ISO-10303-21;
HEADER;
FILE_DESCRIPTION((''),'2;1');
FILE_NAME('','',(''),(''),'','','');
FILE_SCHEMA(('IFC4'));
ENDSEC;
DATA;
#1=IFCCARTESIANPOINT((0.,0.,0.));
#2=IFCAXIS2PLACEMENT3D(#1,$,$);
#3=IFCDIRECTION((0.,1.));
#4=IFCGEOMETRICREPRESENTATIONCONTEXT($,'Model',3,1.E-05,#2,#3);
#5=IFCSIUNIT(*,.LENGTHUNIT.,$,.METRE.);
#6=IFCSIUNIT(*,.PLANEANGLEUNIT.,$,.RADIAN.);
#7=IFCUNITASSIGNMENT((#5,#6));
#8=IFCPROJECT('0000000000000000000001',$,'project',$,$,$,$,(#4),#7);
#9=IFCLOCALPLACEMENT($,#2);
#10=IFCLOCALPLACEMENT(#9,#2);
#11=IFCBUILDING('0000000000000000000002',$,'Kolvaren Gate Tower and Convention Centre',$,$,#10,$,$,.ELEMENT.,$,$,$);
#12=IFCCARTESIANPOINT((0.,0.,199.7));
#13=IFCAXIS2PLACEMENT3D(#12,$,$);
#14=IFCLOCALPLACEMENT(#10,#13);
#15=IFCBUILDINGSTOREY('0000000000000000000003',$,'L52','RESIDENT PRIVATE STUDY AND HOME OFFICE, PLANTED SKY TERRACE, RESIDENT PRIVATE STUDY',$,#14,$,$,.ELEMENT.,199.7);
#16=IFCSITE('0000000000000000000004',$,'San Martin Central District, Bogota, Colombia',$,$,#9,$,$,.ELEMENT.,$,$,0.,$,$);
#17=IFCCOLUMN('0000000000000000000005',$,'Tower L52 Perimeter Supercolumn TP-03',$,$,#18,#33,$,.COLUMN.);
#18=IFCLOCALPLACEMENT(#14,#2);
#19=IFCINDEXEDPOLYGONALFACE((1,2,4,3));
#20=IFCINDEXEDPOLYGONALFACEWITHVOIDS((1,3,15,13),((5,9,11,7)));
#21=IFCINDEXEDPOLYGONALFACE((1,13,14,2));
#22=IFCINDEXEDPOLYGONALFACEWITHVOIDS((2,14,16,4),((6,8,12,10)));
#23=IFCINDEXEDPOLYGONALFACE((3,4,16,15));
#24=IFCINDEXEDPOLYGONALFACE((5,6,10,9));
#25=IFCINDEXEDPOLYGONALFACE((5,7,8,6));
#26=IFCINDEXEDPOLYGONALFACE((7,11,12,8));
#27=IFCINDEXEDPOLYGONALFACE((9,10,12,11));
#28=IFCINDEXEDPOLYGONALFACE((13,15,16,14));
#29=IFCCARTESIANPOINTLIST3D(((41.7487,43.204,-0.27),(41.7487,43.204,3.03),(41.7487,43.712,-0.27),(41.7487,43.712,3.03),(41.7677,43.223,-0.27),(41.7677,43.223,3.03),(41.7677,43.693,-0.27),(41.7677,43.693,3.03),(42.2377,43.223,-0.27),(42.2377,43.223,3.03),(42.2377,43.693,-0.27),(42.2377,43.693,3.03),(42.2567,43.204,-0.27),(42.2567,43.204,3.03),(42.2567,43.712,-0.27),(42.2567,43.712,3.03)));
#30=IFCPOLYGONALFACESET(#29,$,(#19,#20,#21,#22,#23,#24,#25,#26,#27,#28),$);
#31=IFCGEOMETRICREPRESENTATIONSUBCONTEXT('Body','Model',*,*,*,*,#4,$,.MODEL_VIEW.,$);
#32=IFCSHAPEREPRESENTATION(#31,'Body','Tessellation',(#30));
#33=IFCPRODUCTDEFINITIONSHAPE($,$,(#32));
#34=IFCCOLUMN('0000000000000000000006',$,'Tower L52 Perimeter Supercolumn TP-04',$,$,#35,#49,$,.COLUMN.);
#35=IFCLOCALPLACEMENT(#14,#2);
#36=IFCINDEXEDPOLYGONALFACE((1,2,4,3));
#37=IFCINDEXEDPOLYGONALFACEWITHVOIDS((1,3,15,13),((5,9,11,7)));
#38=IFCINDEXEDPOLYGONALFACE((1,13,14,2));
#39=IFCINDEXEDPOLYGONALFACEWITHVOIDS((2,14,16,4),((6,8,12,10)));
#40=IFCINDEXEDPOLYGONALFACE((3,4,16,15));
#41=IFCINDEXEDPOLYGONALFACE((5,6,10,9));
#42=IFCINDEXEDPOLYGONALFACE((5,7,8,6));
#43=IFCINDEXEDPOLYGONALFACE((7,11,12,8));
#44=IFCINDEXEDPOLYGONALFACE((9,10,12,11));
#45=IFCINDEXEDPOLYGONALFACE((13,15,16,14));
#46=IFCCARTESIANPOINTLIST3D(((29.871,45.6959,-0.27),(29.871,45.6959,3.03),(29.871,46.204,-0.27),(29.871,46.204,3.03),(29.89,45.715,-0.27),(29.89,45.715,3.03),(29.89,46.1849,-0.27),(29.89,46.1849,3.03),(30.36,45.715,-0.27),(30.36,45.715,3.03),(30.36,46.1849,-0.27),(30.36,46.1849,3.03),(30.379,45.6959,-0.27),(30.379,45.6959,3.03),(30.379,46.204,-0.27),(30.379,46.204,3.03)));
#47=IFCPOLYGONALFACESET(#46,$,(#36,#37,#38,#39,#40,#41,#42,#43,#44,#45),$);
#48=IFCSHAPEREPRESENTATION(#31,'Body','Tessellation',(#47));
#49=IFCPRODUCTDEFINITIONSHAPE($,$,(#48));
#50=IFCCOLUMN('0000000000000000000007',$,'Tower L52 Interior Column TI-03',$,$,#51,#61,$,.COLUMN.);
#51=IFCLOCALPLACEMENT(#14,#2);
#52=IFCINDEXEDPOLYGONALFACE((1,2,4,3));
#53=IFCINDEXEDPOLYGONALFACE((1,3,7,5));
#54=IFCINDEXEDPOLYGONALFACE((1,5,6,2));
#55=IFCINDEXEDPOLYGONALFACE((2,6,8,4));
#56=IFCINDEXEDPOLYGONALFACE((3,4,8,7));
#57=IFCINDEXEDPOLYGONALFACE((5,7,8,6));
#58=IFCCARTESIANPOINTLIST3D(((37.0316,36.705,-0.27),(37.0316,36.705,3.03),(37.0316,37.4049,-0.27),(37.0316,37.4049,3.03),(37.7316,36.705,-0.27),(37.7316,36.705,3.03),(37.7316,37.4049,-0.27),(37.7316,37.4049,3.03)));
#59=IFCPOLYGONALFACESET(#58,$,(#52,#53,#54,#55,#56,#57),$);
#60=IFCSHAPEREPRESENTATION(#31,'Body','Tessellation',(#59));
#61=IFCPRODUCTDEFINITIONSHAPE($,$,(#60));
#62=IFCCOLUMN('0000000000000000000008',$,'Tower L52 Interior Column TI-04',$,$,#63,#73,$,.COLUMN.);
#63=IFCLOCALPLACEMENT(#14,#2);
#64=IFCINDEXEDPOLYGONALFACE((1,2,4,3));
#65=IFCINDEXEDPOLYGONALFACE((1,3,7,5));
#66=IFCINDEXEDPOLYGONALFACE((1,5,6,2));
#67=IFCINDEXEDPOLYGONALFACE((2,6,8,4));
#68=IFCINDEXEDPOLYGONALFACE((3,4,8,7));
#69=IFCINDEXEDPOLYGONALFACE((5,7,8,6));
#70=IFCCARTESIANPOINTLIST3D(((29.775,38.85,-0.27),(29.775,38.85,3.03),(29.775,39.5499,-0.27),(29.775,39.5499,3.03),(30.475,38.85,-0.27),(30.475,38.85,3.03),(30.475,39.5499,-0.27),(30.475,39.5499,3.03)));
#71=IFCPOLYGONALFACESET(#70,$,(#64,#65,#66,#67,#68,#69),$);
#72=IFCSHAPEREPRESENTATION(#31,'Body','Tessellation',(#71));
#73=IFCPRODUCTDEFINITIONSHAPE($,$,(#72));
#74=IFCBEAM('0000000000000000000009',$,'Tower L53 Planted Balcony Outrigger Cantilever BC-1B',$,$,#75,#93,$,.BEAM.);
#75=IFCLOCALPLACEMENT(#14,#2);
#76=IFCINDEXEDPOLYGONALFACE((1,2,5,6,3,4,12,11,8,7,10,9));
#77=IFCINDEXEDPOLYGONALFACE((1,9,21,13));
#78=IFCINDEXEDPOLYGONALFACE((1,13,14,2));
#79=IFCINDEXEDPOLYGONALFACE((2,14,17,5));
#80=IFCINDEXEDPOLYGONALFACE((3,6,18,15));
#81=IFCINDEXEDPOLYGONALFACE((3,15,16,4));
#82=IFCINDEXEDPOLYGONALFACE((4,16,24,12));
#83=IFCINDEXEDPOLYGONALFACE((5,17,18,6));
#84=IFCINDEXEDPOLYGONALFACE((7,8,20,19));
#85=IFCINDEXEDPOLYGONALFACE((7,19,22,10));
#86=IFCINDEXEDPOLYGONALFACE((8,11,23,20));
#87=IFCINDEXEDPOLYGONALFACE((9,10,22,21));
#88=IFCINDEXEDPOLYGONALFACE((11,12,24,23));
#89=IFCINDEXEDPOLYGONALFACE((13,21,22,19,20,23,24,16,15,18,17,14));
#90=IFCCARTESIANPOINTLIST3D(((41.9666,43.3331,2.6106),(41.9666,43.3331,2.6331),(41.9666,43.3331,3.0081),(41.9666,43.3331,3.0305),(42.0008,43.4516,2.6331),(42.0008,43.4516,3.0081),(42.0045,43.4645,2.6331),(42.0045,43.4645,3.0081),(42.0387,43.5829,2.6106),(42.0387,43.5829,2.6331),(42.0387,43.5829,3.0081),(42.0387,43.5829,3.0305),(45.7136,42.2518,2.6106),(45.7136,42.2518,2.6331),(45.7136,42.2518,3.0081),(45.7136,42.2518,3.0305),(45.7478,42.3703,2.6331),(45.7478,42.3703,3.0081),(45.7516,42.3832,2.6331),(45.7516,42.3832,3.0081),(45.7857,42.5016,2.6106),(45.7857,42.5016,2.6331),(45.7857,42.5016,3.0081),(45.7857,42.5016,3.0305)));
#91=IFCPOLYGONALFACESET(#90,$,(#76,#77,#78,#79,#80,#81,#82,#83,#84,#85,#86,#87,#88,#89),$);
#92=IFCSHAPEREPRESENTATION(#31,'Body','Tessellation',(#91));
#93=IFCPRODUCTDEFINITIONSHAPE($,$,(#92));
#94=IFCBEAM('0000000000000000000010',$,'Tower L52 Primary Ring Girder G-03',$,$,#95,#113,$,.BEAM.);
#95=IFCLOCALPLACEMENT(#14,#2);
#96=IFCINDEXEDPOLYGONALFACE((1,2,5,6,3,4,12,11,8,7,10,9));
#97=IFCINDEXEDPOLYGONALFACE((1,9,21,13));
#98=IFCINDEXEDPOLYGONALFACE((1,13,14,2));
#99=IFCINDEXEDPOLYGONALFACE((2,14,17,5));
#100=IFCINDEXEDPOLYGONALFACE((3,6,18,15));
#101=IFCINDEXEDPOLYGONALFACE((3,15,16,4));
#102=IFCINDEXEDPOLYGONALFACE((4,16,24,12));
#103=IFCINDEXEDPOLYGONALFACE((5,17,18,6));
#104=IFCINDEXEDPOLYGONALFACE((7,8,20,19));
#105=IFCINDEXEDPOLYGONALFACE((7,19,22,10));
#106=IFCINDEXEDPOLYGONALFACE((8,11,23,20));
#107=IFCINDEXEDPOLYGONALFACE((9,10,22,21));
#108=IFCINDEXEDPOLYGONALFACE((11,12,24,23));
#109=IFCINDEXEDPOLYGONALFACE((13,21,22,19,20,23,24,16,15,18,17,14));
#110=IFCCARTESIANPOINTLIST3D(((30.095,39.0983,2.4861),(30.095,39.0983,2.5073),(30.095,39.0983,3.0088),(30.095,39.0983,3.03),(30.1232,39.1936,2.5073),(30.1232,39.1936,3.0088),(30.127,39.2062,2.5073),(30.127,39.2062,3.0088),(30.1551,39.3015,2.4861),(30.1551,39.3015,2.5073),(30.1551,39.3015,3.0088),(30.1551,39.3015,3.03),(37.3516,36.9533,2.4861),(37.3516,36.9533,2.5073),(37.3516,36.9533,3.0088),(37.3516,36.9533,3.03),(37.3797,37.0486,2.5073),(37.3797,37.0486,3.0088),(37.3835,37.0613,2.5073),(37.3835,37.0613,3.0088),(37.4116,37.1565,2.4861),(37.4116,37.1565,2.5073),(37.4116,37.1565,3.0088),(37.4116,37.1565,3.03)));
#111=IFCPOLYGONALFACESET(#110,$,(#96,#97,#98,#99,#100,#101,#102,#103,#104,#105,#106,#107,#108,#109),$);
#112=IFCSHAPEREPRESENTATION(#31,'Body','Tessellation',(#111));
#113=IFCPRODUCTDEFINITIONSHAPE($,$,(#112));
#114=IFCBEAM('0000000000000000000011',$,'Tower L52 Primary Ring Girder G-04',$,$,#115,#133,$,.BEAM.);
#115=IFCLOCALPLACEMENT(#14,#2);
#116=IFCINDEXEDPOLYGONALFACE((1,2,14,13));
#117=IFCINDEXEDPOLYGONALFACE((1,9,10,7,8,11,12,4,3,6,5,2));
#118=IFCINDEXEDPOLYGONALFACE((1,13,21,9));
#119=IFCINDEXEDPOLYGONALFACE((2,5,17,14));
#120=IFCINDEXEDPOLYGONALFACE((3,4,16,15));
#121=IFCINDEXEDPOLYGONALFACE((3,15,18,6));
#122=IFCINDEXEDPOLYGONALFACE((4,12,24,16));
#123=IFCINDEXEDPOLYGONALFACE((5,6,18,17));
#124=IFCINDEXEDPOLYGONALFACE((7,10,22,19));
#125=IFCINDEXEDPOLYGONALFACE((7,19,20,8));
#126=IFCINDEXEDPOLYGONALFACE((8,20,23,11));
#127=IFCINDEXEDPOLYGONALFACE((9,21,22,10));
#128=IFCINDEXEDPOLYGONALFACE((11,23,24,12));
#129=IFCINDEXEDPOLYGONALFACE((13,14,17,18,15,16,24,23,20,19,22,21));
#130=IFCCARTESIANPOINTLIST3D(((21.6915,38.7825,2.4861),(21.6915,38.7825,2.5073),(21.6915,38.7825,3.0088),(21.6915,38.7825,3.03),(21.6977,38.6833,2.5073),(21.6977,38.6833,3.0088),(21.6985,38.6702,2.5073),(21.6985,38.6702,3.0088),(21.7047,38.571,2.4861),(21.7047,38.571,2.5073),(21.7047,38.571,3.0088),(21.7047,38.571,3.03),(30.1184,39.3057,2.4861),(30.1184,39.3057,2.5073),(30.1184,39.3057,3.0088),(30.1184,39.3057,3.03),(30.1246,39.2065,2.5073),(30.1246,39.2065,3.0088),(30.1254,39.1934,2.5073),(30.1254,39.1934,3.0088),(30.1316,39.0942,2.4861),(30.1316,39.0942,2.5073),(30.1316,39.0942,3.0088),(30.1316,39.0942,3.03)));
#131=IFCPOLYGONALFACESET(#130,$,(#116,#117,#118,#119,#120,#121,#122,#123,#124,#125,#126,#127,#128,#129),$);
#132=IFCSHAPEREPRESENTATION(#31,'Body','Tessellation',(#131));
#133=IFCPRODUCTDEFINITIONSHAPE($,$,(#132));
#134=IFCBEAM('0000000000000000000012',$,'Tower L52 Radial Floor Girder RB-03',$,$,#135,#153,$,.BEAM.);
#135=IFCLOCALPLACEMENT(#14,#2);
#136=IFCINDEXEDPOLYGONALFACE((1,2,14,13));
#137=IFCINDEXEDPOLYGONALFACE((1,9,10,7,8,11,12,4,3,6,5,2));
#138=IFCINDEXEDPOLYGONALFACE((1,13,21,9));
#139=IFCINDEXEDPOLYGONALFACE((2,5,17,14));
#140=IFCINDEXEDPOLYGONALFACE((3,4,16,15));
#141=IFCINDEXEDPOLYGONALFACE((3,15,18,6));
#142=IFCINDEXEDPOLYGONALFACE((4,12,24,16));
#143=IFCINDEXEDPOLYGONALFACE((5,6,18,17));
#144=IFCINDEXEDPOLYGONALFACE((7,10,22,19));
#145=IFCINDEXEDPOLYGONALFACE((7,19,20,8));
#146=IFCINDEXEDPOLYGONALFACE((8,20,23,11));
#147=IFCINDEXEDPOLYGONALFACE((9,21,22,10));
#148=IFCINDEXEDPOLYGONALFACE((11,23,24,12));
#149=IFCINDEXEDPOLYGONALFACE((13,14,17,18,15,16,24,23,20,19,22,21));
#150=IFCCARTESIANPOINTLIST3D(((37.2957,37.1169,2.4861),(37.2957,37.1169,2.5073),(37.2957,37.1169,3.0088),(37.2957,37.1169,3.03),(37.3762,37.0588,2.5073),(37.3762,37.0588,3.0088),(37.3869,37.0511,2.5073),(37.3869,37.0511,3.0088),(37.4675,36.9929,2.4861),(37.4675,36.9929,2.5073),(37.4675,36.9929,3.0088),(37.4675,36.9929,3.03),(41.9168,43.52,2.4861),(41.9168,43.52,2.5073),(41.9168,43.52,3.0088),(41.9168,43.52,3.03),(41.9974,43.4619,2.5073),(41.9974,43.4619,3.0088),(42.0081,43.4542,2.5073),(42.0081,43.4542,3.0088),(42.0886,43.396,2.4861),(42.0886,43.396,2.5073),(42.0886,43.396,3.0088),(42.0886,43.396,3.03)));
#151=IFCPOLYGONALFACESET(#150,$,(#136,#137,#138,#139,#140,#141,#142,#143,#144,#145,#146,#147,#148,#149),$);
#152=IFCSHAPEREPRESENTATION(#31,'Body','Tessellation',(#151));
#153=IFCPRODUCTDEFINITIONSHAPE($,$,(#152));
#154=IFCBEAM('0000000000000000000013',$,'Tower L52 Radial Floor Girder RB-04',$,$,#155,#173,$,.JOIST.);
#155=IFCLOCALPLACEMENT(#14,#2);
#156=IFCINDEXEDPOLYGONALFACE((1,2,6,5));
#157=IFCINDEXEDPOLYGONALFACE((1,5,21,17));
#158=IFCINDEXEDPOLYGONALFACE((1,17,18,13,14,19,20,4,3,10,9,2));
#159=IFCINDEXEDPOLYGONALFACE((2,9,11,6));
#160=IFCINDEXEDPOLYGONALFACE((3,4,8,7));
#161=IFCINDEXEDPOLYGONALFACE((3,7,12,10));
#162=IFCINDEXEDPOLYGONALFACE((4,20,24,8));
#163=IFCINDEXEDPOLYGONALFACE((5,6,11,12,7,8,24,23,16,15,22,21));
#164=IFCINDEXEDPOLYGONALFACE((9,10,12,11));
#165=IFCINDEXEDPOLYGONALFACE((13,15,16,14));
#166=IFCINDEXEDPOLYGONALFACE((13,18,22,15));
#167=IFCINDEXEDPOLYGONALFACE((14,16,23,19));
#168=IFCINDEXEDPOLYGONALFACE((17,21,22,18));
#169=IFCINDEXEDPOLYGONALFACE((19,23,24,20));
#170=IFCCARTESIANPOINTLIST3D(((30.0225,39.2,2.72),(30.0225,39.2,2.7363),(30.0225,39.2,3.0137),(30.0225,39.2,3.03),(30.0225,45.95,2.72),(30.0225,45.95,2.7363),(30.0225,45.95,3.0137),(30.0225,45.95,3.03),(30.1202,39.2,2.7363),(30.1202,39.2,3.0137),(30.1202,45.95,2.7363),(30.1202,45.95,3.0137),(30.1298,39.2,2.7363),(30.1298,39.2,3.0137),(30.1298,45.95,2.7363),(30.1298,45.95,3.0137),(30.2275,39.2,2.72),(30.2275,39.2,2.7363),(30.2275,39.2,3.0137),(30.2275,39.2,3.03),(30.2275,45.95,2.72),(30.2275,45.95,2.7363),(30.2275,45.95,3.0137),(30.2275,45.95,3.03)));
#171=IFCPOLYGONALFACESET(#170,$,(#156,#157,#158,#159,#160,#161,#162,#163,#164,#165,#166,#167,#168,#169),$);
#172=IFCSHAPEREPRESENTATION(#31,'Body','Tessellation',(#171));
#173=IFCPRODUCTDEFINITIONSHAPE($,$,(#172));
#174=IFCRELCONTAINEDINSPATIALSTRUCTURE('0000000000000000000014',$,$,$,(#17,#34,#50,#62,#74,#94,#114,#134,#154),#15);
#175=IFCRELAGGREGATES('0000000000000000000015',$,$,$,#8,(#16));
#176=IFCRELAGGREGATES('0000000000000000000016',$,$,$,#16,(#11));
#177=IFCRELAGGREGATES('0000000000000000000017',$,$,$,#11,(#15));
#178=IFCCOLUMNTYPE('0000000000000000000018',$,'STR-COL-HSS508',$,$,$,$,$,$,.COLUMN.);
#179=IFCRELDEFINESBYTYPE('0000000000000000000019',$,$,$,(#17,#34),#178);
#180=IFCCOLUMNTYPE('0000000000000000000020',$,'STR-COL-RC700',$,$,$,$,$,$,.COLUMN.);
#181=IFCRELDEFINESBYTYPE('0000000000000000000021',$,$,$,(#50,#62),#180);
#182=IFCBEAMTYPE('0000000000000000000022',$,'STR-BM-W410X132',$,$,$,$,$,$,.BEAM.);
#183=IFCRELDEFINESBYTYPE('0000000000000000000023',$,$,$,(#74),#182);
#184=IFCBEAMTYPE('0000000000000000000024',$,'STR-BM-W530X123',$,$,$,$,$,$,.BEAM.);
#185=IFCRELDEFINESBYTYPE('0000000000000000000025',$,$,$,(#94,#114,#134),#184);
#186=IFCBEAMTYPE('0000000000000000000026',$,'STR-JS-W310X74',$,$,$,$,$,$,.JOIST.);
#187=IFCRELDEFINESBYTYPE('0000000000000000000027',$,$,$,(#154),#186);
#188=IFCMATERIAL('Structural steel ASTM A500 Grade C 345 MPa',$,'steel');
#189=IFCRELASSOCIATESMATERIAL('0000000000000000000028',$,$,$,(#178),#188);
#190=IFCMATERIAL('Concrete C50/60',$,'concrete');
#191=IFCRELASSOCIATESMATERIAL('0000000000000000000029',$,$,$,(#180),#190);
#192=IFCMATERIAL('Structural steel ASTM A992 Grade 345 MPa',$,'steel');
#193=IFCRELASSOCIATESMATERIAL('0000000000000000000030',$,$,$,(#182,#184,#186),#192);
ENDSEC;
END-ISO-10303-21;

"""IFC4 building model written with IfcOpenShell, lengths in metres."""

from ifc_helpers import new_model, si_unit, direction, frame, origin, origin_2d, place, context, subcontext, project, spatial, rectangle, hollow_rectangle, i_section, extrude, material, material_profile, profile_set, type_object, element, save


model = new_model("IFC4")

# Units and contexts
model_context = context("Model", 3, precision=1e-05, world=origin(), true_north=direction((0.0, 1.0)))
body_context = subcontext(model_context, "Body", "Model", "MODEL_VIEW")
ifc_project = project(units=[si_unit("LENGTHUNIT", "METRE"), si_unit("PLANEANGLEUNIT", "RADIAN")], contexts=[model_context])

# Site, building, storey
site_placement = place(None, origin())
site = spatial("IfcSite", under=ifc_project, at=site_placement, Name="San Martin Central District, Bogota, Colombia", CompositionType="ELEMENT", RefElevation=0.0)
building_placement = place(site_placement, origin())
building = spatial("IfcBuilding", under=site, at=building_placement, Name="Kolvaren Gate Tower and Convention Centre", CompositionType="ELEMENT")
storey_placement = place(building_placement, frame((0.0, 0.0, 199.7)))
storey = spatial("IfcBuildingStorey", under=building, at=storey_placement, Name="L52", Description="RESIDENT PRIVATE STUDY AND HOME OFFICE, PLANTED SKY TERRACE, RESIDENT PRIVATE STUDY", CompositionType="ELEMENT", Elevation=199.7)

# Columns
ifc_material_1 = material(Name="Structural steel ASTM A500 Grade C 345 MPa", Category="steel")
ifc_material_profile_1 = material_profile(ifc_material_1, hollow_rectangle(XDim=0.5081, YDim=0.5081, WallThickness=0.019, at=origin_2d()), Name="HSS508X508X19.1")
ifc_profile_set_1 = profile_set([ifc_material_profile_1], Name="Structural steel ASTM A500 Grade C 345 MPa")
column_type_1 = type_object("IfcColumnType", Name="STR-COL-HSS508", PredefinedType="COLUMN", material=ifc_profile_set_1)
for number, where, z_axis, x_axis, name in (
    (1, (42.0027, 43.458, -0.27), (0.0, 0.0, 1.0), (1.0, 0.0, 0.0), "Tower L52 Perimeter Supercolumn TP-03"),
    (2, (30.125, 45.95, -0.27), (0.0, 0.0, 1.0), (1.0, 0.0, 0.0), "Tower L52 Perimeter Supercolumn TP-04"),
):
    element("IfcColumn", number, at=place(storey_placement, frame(where, z_axis=z_axis, x_axis=x_axis)), inside=storey, type_object=column_type_1, Name=name, PredefinedType="COLUMN", context=body_context, shape_type="SweptSolid", body=[
        extrude(hollow_rectangle(XDim=0.5081, YDim=0.5081, WallThickness=0.019, at=origin_2d()), origin(), (0.0, 0.0, 1.0), 3.3),
    ])
ifc_material_2 = material(Name="Concrete C50/60", Category="concrete")
ifc_material_profile_2 = material_profile(ifc_material_2, rectangle(XDim=0.7, YDim=0.7, at=origin_2d()), Name="RC-COL-700X700")
ifc_profile_set_2 = profile_set([ifc_material_profile_2], Name="Concrete C50/60")
column_type_2 = type_object("IfcColumnType", Name="STR-COL-RC700", PredefinedType="COLUMN", material=ifc_profile_set_2)
for number, where, z_axis, x_axis, name in (
    (3, (37.3816, 37.0549, -0.27), (0.0, 0.0, 1.0), (1.0, 0.0, 0.0), "Tower L52 Interior Column TI-03"),
    (4, (30.125, 39.2, -0.27), (0.0, 0.0, 1.0), (1.0, 0.0, 0.0), "Tower L52 Interior Column TI-04"),
):
    element("IfcColumn", number, at=place(storey_placement, frame(where, z_axis=z_axis, x_axis=x_axis)), inside=storey, type_object=column_type_2, Name=name, PredefinedType="COLUMN", context=body_context, shape_type="SweptSolid", body=[
        extrude(rectangle(XDim=0.7, YDim=0.7, at=origin_2d()), origin(), (0.0, 0.0, 1.0), 3.3),
    ])

# Beams
ifc_material_3 = material(Name="Structural steel ASTM A992 Grade 345 MPa", Category="steel")
ifc_material_profile_3 = material_profile(ifc_material_3, i_section(OverallWidth=0.26, OverallDepth=0.4199, WebThickness=0.0134, FlangeThickness=0.0225, at=origin_2d()), Name="W410X132")
ifc_profile_set_3 = profile_set([ifc_material_profile_3], Name="Structural steel ASTM A992 Grade 345 MPa")
beam_type_1 = type_object("IfcBeamType", Name="STR-BM-W410X132", PredefinedType="BEAM", material=ifc_profile_set_3)
beam_1_placement = place(storey_placement, frame((42.0027, 43.458, 2.8206), z_axis=(0.960795, -0.277258, 0.0), x_axis=(0.277258, 0.960795, 0.0)))
element("IfcBeam", 5, at=beam_1_placement, inside=storey, type_object=beam_type_1, Name="Tower L53 Planted Balcony Outrigger Cantilever BC-1B", PredefinedType="BEAM", context=body_context, shape_type="SweptSolid", body=[
    extrude(i_section(OverallWidth=0.26, OverallDepth=0.4199, WebThickness=0.0134, FlangeThickness=0.0225, at=origin_2d()), origin(), (0.0, 0.0, 1.0), 3.8999),
])
ifc_material_profile_4 = material_profile(ifc_material_3, i_section(OverallWidth=0.2119, OverallDepth=0.5439, WebThickness=0.0132, FlangeThickness=0.0212, at=origin_2d()), Name="W530X123")
ifc_profile_set_4 = profile_set([ifc_material_profile_4], Name="Structural steel ASTM A992 Grade 345 MPa")
beam_type_2 = type_object("IfcBeamType", Name="STR-BM-W530X123", PredefinedType="BEAM", material=ifc_profile_set_4)
beam_2_placement = place(storey_placement, frame((37.3816, 37.0549, 2.7581), z_axis=(-0.958981, 0.283471, 0.0), x_axis=(-0.283471, -0.958981, 0.0)))
element("IfcBeam", 6, at=beam_2_placement, inside=storey, type_object=beam_type_2, Name="Tower L52 Primary Ring Girder G-03", PredefinedType="BEAM", context=body_context, shape_type="SweptSolid", body=[
    extrude(i_section(OverallWidth=0.2119, OverallDepth=0.5439, WebThickness=0.0132, FlangeThickness=0.0212, at=origin_2d()), origin(), (0.0, 0.0, 1.0), 7.5669),
])
beam_3_placement = place(storey_placement, frame((30.125, 39.2, 2.7581), z_axis=(-0.998078, -0.061966, 0.0), x_axis=(0.061966, -0.998078, 0.0)))
element("IfcBeam", 7, at=beam_3_placement, inside=storey, type_object=beam_type_2, Name="Tower L52 Primary Ring Girder G-04", PredefinedType="BEAM", context=body_context, shape_type="SweptSolid", body=[
    extrude(i_section(OverallWidth=0.2119, OverallDepth=0.5439, WebThickness=0.0132, FlangeThickness=0.0212, at=origin_2d()), origin(), (0.0, 0.0, 1.0), 8.4431),
])
beam_4_placement = place(storey_placement, frame((37.3816, 37.0549, 2.7581), z_axis=(0.585212, 0.810881, 0.0), x_axis=(-0.810881, 0.585212, 0.0)))
element("IfcBeam", 8, at=beam_4_placement, inside=storey, type_object=beam_type_2, Name="Tower L52 Radial Floor Girder RB-03", PredefinedType="BEAM", context=body_context, shape_type="SweptSolid", body=[
    extrude(i_section(OverallWidth=0.2119, OverallDepth=0.5439, WebThickness=0.0132, FlangeThickness=0.0212, at=origin_2d()), origin(), (0.0, 0.0, 1.0), 7.8965),
])
ifc_material_profile_5 = material_profile(ifc_material_3, i_section(OverallWidth=0.2051, OverallDepth=0.3101, WebThickness=0.0095, FlangeThickness=0.0164, at=origin_2d()), Name="W310X74")
ifc_profile_set_5 = profile_set([ifc_material_profile_5], Name="Structural steel ASTM A992 Grade 345 MPa")
beam_type_3 = type_object("IfcBeamType", Name="STR-JS-W310X74", PredefinedType="JOIST", material=ifc_profile_set_5)
beam_5_placement = place(storey_placement, frame((30.125, 39.2, 2.875), z_axis=(0.0, 1.0, 0.0), x_axis=(-1.0, 0.0, 0.0)))
element("IfcBeam", 9, at=beam_5_placement, inside=storey, type_object=beam_type_3, Name="Tower L52 Radial Floor Girder RB-04", PredefinedType="JOIST", context=body_context, shape_type="SweptSolid", body=[
    extrude(i_section(OverallWidth=0.2051, OverallDepth=0.3101, WebThickness=0.0095, FlangeThickness=0.0164, at=origin_2d()), origin(), (0.0, 0.0, 1.0), 6.75),
])

save(model, "model.ifc")
